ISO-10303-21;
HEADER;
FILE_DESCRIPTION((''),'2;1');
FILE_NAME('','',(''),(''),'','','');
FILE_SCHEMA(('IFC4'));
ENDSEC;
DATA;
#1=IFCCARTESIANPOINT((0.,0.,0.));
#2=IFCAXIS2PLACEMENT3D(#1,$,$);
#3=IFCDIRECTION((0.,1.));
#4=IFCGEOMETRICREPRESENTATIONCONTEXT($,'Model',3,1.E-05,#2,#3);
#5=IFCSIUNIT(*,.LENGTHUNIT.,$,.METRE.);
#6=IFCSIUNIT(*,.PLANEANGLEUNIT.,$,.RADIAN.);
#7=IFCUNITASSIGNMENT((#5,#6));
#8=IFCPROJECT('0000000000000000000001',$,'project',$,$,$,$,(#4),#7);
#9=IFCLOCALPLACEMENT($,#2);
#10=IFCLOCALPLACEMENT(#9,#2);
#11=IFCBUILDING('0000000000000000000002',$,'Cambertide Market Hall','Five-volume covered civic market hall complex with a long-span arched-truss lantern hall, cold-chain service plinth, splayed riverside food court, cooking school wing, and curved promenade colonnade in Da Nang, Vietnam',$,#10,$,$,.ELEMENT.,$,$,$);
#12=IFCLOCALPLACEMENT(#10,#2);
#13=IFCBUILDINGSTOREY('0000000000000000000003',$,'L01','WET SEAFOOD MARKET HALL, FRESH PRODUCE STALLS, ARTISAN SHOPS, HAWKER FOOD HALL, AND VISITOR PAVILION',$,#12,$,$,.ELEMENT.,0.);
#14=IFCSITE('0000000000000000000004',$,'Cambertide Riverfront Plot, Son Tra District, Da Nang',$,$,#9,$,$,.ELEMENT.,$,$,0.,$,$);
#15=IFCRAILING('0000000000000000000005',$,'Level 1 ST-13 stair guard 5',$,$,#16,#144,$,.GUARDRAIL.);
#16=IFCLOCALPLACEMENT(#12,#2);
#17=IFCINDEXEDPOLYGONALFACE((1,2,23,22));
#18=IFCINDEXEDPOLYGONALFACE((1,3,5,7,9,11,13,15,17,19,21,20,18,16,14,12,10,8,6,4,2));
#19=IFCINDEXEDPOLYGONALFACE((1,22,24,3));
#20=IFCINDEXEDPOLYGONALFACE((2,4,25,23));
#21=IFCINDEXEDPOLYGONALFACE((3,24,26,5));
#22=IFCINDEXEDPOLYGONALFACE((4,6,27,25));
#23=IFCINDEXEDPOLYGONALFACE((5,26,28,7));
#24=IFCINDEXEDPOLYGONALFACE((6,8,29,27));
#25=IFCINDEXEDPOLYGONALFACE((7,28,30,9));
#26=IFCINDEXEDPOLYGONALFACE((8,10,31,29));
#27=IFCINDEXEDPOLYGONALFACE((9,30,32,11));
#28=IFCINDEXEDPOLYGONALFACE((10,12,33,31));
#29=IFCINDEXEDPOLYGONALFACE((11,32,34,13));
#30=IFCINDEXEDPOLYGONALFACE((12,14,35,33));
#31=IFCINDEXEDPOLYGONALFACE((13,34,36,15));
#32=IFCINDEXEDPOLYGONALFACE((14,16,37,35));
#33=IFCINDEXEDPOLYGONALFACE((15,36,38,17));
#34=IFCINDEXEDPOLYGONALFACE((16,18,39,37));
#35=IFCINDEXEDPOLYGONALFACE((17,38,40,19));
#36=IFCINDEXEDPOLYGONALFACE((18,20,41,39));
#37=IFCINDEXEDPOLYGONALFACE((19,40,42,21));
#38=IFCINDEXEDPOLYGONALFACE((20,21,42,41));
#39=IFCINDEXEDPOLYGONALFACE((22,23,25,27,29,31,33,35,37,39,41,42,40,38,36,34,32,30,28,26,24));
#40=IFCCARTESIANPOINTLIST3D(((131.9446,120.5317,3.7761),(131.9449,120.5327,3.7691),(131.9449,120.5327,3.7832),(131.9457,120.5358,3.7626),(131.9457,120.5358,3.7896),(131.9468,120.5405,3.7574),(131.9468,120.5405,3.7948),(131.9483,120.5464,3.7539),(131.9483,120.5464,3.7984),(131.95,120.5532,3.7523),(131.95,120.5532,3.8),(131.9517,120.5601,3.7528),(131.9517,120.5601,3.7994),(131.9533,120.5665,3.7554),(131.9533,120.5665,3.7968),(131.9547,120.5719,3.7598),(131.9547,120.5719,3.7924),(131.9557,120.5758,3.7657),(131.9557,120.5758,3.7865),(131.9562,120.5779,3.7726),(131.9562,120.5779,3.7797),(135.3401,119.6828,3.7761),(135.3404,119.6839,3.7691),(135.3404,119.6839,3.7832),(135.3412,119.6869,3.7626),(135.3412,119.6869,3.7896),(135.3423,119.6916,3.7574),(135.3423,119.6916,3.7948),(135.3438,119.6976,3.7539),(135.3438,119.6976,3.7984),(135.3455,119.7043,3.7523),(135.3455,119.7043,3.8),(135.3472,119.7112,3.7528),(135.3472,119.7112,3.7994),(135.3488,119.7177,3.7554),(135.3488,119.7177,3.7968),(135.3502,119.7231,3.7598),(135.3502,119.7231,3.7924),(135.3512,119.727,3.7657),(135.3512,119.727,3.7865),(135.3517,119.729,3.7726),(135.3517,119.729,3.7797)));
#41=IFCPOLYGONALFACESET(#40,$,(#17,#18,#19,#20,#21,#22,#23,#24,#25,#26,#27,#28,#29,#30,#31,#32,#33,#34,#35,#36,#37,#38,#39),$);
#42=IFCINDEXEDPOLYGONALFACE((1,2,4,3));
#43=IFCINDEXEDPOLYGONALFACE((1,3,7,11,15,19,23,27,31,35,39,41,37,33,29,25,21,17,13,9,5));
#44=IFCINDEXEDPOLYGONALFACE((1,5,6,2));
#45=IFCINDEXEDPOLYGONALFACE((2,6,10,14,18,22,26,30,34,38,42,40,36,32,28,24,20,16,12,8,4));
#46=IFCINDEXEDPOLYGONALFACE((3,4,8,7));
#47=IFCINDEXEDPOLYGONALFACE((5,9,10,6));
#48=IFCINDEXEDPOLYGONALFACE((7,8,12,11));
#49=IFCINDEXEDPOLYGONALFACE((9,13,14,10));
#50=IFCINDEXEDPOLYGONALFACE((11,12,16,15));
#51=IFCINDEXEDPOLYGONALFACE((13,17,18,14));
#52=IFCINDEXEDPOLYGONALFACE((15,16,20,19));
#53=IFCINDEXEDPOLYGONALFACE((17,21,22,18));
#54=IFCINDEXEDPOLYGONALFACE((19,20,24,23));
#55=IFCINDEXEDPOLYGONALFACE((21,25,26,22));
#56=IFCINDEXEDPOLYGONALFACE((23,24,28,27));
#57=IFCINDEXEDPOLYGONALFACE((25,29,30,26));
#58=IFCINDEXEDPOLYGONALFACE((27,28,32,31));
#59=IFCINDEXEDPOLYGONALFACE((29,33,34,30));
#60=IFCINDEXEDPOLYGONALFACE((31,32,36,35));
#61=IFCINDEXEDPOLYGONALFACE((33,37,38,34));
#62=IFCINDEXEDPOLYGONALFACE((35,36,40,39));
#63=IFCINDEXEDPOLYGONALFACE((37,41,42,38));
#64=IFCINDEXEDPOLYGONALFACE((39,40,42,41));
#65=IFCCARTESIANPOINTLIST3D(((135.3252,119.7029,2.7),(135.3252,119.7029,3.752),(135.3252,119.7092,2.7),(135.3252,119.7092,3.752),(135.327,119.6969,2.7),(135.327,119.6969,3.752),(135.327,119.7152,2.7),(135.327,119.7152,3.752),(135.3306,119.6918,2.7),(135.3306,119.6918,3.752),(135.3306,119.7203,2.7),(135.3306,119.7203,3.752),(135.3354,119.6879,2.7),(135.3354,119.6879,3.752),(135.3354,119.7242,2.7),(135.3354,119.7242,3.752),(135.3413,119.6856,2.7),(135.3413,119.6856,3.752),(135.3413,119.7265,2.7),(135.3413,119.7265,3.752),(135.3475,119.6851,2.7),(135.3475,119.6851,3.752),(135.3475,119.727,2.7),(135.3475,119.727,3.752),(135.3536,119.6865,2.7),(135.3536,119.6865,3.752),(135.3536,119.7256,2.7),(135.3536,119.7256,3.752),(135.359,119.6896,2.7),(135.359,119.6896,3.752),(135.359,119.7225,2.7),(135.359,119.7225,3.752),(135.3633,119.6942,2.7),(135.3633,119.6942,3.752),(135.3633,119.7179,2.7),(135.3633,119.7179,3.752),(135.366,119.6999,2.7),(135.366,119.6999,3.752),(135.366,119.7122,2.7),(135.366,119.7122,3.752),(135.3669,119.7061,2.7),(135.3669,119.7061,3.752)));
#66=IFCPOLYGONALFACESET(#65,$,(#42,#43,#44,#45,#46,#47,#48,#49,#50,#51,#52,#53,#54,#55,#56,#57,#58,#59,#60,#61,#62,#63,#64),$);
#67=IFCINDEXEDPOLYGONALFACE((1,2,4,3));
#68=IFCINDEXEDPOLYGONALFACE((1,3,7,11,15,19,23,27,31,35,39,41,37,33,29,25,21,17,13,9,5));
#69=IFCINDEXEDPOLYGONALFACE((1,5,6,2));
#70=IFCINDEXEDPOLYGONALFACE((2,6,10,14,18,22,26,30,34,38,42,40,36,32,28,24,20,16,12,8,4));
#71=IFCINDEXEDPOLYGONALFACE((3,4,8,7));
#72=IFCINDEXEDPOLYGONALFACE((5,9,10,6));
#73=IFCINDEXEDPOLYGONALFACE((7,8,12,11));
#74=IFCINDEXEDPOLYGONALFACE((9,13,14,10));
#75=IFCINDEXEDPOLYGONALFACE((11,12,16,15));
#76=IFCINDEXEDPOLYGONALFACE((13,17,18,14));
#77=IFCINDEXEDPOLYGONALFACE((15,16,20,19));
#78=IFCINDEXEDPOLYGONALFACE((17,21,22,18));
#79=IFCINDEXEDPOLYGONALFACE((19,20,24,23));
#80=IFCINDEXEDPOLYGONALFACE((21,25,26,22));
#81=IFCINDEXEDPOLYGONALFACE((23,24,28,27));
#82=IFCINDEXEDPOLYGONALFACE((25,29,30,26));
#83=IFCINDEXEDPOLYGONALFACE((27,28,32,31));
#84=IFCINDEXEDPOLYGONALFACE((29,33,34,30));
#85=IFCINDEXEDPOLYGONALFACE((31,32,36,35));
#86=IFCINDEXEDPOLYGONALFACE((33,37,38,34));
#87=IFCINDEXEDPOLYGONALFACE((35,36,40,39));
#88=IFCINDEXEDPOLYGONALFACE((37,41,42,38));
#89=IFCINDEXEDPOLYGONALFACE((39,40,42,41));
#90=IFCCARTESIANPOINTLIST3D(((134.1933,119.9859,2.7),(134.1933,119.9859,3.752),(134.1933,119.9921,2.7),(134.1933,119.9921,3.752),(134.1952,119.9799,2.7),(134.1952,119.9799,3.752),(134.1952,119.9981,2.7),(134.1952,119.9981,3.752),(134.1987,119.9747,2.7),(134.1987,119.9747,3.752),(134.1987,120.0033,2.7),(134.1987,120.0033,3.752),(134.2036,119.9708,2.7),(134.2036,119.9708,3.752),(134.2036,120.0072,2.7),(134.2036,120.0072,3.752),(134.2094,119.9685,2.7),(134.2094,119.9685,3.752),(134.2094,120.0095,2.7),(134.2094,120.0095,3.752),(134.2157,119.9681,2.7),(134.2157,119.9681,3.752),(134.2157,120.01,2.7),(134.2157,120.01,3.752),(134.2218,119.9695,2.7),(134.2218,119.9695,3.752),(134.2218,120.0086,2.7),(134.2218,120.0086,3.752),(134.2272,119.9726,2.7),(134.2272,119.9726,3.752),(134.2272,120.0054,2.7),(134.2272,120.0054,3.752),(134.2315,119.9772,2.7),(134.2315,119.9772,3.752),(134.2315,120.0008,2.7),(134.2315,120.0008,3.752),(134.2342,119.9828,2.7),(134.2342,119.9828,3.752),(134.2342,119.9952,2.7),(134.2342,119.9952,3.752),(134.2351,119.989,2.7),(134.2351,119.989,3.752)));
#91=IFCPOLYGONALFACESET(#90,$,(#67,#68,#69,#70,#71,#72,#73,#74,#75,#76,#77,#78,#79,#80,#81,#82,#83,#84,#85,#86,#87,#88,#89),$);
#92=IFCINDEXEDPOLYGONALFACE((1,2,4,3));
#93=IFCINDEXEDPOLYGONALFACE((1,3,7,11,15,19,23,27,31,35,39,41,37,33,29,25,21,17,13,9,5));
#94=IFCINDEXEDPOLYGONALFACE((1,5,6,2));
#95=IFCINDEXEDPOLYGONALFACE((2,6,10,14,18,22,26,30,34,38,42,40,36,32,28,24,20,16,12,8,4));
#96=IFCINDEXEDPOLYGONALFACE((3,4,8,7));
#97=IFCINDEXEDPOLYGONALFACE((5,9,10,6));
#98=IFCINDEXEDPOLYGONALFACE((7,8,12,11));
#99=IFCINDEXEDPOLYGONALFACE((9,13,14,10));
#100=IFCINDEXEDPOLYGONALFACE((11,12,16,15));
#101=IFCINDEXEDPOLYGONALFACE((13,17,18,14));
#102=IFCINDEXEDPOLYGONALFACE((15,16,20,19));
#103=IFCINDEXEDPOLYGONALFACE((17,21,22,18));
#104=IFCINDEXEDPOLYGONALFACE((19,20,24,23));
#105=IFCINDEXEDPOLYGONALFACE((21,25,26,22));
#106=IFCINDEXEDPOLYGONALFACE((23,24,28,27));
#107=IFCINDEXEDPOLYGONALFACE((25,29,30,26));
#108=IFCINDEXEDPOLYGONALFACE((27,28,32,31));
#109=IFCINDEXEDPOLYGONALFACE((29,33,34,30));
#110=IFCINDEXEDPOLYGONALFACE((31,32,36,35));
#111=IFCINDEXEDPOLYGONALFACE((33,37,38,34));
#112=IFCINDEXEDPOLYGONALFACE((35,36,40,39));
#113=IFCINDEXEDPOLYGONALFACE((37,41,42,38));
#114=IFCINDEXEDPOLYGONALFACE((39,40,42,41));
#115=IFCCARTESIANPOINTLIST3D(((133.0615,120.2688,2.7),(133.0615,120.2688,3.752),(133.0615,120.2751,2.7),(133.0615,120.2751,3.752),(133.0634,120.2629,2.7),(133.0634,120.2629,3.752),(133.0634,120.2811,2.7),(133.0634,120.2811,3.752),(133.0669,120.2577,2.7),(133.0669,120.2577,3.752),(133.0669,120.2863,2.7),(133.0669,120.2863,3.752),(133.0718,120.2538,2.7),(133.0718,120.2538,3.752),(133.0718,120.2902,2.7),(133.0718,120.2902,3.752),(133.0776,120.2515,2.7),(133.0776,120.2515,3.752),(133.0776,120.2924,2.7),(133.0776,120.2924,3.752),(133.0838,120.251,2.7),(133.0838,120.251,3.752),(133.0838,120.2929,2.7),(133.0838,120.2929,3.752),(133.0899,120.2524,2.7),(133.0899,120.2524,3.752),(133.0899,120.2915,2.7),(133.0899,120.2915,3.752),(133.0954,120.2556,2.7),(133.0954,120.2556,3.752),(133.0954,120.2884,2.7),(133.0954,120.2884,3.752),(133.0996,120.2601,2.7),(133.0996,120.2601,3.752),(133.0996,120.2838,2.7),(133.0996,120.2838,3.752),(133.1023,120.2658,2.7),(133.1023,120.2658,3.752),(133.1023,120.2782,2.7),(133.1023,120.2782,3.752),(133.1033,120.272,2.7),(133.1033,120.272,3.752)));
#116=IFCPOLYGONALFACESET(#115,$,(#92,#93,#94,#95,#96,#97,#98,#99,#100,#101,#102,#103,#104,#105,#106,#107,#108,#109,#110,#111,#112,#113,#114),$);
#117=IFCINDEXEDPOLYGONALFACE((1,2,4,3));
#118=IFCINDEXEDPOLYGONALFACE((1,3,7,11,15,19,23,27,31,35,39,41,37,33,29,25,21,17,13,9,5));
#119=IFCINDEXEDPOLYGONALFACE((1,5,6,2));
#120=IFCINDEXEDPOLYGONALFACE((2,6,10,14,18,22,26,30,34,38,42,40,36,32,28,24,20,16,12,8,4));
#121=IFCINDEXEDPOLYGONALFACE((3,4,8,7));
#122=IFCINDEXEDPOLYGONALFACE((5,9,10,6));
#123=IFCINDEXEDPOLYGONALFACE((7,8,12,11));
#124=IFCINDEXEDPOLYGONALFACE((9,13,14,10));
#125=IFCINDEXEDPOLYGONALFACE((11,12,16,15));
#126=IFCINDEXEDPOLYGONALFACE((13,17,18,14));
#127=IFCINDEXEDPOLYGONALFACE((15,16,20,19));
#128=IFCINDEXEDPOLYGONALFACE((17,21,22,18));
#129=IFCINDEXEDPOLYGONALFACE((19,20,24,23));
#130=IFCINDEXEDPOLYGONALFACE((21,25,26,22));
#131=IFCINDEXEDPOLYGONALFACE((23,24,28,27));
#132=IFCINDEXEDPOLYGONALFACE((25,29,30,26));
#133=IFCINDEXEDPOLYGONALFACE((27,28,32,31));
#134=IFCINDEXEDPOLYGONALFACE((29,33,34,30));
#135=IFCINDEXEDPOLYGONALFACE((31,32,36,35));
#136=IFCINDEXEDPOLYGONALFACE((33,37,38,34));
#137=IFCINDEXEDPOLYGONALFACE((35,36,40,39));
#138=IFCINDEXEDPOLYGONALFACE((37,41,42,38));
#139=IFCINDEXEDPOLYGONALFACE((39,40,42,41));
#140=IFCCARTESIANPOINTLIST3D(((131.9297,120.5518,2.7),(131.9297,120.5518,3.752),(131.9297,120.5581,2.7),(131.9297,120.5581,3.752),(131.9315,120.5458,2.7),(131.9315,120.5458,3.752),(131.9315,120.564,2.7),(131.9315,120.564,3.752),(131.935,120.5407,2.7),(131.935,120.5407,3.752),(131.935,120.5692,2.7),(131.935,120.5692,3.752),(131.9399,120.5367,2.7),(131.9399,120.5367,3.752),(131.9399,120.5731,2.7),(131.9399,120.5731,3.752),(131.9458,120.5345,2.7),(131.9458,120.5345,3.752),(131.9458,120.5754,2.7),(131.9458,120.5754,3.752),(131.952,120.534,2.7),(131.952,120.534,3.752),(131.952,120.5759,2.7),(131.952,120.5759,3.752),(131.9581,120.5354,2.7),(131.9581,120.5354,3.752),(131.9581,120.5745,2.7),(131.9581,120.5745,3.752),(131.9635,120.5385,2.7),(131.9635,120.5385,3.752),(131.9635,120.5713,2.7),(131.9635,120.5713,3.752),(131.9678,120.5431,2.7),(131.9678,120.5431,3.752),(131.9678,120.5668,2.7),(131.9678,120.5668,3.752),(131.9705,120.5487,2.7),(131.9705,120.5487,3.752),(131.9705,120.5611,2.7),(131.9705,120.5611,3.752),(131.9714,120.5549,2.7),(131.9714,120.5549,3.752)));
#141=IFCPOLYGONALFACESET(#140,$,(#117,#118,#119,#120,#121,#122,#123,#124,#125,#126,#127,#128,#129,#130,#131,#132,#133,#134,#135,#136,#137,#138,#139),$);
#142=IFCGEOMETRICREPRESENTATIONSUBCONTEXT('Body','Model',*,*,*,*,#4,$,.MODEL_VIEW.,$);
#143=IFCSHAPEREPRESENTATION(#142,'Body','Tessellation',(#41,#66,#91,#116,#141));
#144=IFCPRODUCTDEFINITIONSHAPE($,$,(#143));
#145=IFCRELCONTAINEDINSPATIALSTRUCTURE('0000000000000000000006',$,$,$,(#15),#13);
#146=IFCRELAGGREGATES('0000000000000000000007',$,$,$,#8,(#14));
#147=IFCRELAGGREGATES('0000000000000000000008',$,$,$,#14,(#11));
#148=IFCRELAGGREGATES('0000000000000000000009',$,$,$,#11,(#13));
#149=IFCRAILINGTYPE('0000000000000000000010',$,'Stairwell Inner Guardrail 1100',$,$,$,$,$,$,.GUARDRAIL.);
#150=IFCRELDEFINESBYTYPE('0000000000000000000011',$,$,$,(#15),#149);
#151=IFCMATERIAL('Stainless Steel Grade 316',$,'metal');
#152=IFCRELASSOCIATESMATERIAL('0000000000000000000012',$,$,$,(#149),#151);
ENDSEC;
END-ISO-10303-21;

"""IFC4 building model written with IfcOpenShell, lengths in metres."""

from ifc_helpers import new_model, si_unit, direction, frame, origin, origin_2d, place, context, subcontext, project, spatial, circle, extrude, material, type_object, element, save


model = new_model("IFC4")

# Units and contexts
model_context = context("Model", 3, precision=1e-05, world=origin(), true_north=direction((0.0, 1.0)))
body_context = subcontext(model_context, "Body", "Model", "MODEL_VIEW")
ifc_project = project(units=[si_unit("LENGTHUNIT", "METRE"), si_unit("PLANEANGLEUNIT", "RADIAN")], contexts=[model_context])

# Site, building, storey
site_placement = place(None, origin())
site = spatial("IfcSite", under=ifc_project, at=site_placement, Name="Cambertide Riverfront Plot, Son Tra District, Da Nang", CompositionType="ELEMENT", RefElevation=0.0)
building_placement = place(site_placement, origin())
building = spatial("IfcBuilding", under=site, at=building_placement, Name="Cambertide Market Hall", Description="Five-volume covered civic market hall complex with a long-span arched-truss lantern hall, cold-chain service plinth, splayed riverside food court, cooking school wing, and curved promenade colonnade in Da Nang, Vietnam", CompositionType="ELEMENT")
storey_placement = place(building_placement, origin())
storey = spatial("IfcBuildingStorey", under=building, at=storey_placement, Name="L01", Description="WET SEAFOOD MARKET HALL, FRESH PRODUCE STALLS, ARTISAN SHOPS, HAWKER FOOD HALL, AND VISITOR PAVILION", CompositionType="ELEMENT", Elevation=0.0)

# Railing
ifc_material_1 = material(Name="Stainless Steel Grade 316", Category="metal")
railing_type_1 = type_object("IfcRailingType", Name="Stairwell Inner Guardrail 1100", PredefinedType="GUARDRAIL", material=ifc_material_1)
railing_1_placement = place(storey_placement, frame((135.3459, 119.7061, 2.7)))
element("IfcRailing", 1, at=railing_1_placement, inside=storey, type_object=railing_type_1, Name="Level 1 ST-13 stair guard 5", PredefinedType="GUARDRAIL", context=body_context, shape_type="SweptSolid", body=[
    extrude(circle(Radius=0.0239, at=origin_2d()), frame((0.0, 0.0, 1.0762), z_axis=(-0.970143, 0.242536, 0.0), x_axis=(-0.242536, -0.970143, 0.0)), (0.0, 0.0, 1.0), 3.5),
    extrude(circle(Radius=0.021, at=origin_2d()), origin(), (0.0, 0.0, 1.0), 1.052),
    extrude(circle(Radius=0.021, at=origin_2d()), frame((-1.1318, 0.283, 0.0)), (0.0, 0.0, 1.0), 1.052),
    extrude(circle(Radius=0.021, at=origin_2d()), frame((-2.2637, 0.5659, 0.0)), (0.0, 0.0, 1.0), 1.052),
    extrude(circle(Radius=0.021, at=origin_2d()), frame((-3.3955, 0.8489, 0.0)), (0.0, 0.0, 1.0), 1.052),
])

save(model, "model.ifc")
